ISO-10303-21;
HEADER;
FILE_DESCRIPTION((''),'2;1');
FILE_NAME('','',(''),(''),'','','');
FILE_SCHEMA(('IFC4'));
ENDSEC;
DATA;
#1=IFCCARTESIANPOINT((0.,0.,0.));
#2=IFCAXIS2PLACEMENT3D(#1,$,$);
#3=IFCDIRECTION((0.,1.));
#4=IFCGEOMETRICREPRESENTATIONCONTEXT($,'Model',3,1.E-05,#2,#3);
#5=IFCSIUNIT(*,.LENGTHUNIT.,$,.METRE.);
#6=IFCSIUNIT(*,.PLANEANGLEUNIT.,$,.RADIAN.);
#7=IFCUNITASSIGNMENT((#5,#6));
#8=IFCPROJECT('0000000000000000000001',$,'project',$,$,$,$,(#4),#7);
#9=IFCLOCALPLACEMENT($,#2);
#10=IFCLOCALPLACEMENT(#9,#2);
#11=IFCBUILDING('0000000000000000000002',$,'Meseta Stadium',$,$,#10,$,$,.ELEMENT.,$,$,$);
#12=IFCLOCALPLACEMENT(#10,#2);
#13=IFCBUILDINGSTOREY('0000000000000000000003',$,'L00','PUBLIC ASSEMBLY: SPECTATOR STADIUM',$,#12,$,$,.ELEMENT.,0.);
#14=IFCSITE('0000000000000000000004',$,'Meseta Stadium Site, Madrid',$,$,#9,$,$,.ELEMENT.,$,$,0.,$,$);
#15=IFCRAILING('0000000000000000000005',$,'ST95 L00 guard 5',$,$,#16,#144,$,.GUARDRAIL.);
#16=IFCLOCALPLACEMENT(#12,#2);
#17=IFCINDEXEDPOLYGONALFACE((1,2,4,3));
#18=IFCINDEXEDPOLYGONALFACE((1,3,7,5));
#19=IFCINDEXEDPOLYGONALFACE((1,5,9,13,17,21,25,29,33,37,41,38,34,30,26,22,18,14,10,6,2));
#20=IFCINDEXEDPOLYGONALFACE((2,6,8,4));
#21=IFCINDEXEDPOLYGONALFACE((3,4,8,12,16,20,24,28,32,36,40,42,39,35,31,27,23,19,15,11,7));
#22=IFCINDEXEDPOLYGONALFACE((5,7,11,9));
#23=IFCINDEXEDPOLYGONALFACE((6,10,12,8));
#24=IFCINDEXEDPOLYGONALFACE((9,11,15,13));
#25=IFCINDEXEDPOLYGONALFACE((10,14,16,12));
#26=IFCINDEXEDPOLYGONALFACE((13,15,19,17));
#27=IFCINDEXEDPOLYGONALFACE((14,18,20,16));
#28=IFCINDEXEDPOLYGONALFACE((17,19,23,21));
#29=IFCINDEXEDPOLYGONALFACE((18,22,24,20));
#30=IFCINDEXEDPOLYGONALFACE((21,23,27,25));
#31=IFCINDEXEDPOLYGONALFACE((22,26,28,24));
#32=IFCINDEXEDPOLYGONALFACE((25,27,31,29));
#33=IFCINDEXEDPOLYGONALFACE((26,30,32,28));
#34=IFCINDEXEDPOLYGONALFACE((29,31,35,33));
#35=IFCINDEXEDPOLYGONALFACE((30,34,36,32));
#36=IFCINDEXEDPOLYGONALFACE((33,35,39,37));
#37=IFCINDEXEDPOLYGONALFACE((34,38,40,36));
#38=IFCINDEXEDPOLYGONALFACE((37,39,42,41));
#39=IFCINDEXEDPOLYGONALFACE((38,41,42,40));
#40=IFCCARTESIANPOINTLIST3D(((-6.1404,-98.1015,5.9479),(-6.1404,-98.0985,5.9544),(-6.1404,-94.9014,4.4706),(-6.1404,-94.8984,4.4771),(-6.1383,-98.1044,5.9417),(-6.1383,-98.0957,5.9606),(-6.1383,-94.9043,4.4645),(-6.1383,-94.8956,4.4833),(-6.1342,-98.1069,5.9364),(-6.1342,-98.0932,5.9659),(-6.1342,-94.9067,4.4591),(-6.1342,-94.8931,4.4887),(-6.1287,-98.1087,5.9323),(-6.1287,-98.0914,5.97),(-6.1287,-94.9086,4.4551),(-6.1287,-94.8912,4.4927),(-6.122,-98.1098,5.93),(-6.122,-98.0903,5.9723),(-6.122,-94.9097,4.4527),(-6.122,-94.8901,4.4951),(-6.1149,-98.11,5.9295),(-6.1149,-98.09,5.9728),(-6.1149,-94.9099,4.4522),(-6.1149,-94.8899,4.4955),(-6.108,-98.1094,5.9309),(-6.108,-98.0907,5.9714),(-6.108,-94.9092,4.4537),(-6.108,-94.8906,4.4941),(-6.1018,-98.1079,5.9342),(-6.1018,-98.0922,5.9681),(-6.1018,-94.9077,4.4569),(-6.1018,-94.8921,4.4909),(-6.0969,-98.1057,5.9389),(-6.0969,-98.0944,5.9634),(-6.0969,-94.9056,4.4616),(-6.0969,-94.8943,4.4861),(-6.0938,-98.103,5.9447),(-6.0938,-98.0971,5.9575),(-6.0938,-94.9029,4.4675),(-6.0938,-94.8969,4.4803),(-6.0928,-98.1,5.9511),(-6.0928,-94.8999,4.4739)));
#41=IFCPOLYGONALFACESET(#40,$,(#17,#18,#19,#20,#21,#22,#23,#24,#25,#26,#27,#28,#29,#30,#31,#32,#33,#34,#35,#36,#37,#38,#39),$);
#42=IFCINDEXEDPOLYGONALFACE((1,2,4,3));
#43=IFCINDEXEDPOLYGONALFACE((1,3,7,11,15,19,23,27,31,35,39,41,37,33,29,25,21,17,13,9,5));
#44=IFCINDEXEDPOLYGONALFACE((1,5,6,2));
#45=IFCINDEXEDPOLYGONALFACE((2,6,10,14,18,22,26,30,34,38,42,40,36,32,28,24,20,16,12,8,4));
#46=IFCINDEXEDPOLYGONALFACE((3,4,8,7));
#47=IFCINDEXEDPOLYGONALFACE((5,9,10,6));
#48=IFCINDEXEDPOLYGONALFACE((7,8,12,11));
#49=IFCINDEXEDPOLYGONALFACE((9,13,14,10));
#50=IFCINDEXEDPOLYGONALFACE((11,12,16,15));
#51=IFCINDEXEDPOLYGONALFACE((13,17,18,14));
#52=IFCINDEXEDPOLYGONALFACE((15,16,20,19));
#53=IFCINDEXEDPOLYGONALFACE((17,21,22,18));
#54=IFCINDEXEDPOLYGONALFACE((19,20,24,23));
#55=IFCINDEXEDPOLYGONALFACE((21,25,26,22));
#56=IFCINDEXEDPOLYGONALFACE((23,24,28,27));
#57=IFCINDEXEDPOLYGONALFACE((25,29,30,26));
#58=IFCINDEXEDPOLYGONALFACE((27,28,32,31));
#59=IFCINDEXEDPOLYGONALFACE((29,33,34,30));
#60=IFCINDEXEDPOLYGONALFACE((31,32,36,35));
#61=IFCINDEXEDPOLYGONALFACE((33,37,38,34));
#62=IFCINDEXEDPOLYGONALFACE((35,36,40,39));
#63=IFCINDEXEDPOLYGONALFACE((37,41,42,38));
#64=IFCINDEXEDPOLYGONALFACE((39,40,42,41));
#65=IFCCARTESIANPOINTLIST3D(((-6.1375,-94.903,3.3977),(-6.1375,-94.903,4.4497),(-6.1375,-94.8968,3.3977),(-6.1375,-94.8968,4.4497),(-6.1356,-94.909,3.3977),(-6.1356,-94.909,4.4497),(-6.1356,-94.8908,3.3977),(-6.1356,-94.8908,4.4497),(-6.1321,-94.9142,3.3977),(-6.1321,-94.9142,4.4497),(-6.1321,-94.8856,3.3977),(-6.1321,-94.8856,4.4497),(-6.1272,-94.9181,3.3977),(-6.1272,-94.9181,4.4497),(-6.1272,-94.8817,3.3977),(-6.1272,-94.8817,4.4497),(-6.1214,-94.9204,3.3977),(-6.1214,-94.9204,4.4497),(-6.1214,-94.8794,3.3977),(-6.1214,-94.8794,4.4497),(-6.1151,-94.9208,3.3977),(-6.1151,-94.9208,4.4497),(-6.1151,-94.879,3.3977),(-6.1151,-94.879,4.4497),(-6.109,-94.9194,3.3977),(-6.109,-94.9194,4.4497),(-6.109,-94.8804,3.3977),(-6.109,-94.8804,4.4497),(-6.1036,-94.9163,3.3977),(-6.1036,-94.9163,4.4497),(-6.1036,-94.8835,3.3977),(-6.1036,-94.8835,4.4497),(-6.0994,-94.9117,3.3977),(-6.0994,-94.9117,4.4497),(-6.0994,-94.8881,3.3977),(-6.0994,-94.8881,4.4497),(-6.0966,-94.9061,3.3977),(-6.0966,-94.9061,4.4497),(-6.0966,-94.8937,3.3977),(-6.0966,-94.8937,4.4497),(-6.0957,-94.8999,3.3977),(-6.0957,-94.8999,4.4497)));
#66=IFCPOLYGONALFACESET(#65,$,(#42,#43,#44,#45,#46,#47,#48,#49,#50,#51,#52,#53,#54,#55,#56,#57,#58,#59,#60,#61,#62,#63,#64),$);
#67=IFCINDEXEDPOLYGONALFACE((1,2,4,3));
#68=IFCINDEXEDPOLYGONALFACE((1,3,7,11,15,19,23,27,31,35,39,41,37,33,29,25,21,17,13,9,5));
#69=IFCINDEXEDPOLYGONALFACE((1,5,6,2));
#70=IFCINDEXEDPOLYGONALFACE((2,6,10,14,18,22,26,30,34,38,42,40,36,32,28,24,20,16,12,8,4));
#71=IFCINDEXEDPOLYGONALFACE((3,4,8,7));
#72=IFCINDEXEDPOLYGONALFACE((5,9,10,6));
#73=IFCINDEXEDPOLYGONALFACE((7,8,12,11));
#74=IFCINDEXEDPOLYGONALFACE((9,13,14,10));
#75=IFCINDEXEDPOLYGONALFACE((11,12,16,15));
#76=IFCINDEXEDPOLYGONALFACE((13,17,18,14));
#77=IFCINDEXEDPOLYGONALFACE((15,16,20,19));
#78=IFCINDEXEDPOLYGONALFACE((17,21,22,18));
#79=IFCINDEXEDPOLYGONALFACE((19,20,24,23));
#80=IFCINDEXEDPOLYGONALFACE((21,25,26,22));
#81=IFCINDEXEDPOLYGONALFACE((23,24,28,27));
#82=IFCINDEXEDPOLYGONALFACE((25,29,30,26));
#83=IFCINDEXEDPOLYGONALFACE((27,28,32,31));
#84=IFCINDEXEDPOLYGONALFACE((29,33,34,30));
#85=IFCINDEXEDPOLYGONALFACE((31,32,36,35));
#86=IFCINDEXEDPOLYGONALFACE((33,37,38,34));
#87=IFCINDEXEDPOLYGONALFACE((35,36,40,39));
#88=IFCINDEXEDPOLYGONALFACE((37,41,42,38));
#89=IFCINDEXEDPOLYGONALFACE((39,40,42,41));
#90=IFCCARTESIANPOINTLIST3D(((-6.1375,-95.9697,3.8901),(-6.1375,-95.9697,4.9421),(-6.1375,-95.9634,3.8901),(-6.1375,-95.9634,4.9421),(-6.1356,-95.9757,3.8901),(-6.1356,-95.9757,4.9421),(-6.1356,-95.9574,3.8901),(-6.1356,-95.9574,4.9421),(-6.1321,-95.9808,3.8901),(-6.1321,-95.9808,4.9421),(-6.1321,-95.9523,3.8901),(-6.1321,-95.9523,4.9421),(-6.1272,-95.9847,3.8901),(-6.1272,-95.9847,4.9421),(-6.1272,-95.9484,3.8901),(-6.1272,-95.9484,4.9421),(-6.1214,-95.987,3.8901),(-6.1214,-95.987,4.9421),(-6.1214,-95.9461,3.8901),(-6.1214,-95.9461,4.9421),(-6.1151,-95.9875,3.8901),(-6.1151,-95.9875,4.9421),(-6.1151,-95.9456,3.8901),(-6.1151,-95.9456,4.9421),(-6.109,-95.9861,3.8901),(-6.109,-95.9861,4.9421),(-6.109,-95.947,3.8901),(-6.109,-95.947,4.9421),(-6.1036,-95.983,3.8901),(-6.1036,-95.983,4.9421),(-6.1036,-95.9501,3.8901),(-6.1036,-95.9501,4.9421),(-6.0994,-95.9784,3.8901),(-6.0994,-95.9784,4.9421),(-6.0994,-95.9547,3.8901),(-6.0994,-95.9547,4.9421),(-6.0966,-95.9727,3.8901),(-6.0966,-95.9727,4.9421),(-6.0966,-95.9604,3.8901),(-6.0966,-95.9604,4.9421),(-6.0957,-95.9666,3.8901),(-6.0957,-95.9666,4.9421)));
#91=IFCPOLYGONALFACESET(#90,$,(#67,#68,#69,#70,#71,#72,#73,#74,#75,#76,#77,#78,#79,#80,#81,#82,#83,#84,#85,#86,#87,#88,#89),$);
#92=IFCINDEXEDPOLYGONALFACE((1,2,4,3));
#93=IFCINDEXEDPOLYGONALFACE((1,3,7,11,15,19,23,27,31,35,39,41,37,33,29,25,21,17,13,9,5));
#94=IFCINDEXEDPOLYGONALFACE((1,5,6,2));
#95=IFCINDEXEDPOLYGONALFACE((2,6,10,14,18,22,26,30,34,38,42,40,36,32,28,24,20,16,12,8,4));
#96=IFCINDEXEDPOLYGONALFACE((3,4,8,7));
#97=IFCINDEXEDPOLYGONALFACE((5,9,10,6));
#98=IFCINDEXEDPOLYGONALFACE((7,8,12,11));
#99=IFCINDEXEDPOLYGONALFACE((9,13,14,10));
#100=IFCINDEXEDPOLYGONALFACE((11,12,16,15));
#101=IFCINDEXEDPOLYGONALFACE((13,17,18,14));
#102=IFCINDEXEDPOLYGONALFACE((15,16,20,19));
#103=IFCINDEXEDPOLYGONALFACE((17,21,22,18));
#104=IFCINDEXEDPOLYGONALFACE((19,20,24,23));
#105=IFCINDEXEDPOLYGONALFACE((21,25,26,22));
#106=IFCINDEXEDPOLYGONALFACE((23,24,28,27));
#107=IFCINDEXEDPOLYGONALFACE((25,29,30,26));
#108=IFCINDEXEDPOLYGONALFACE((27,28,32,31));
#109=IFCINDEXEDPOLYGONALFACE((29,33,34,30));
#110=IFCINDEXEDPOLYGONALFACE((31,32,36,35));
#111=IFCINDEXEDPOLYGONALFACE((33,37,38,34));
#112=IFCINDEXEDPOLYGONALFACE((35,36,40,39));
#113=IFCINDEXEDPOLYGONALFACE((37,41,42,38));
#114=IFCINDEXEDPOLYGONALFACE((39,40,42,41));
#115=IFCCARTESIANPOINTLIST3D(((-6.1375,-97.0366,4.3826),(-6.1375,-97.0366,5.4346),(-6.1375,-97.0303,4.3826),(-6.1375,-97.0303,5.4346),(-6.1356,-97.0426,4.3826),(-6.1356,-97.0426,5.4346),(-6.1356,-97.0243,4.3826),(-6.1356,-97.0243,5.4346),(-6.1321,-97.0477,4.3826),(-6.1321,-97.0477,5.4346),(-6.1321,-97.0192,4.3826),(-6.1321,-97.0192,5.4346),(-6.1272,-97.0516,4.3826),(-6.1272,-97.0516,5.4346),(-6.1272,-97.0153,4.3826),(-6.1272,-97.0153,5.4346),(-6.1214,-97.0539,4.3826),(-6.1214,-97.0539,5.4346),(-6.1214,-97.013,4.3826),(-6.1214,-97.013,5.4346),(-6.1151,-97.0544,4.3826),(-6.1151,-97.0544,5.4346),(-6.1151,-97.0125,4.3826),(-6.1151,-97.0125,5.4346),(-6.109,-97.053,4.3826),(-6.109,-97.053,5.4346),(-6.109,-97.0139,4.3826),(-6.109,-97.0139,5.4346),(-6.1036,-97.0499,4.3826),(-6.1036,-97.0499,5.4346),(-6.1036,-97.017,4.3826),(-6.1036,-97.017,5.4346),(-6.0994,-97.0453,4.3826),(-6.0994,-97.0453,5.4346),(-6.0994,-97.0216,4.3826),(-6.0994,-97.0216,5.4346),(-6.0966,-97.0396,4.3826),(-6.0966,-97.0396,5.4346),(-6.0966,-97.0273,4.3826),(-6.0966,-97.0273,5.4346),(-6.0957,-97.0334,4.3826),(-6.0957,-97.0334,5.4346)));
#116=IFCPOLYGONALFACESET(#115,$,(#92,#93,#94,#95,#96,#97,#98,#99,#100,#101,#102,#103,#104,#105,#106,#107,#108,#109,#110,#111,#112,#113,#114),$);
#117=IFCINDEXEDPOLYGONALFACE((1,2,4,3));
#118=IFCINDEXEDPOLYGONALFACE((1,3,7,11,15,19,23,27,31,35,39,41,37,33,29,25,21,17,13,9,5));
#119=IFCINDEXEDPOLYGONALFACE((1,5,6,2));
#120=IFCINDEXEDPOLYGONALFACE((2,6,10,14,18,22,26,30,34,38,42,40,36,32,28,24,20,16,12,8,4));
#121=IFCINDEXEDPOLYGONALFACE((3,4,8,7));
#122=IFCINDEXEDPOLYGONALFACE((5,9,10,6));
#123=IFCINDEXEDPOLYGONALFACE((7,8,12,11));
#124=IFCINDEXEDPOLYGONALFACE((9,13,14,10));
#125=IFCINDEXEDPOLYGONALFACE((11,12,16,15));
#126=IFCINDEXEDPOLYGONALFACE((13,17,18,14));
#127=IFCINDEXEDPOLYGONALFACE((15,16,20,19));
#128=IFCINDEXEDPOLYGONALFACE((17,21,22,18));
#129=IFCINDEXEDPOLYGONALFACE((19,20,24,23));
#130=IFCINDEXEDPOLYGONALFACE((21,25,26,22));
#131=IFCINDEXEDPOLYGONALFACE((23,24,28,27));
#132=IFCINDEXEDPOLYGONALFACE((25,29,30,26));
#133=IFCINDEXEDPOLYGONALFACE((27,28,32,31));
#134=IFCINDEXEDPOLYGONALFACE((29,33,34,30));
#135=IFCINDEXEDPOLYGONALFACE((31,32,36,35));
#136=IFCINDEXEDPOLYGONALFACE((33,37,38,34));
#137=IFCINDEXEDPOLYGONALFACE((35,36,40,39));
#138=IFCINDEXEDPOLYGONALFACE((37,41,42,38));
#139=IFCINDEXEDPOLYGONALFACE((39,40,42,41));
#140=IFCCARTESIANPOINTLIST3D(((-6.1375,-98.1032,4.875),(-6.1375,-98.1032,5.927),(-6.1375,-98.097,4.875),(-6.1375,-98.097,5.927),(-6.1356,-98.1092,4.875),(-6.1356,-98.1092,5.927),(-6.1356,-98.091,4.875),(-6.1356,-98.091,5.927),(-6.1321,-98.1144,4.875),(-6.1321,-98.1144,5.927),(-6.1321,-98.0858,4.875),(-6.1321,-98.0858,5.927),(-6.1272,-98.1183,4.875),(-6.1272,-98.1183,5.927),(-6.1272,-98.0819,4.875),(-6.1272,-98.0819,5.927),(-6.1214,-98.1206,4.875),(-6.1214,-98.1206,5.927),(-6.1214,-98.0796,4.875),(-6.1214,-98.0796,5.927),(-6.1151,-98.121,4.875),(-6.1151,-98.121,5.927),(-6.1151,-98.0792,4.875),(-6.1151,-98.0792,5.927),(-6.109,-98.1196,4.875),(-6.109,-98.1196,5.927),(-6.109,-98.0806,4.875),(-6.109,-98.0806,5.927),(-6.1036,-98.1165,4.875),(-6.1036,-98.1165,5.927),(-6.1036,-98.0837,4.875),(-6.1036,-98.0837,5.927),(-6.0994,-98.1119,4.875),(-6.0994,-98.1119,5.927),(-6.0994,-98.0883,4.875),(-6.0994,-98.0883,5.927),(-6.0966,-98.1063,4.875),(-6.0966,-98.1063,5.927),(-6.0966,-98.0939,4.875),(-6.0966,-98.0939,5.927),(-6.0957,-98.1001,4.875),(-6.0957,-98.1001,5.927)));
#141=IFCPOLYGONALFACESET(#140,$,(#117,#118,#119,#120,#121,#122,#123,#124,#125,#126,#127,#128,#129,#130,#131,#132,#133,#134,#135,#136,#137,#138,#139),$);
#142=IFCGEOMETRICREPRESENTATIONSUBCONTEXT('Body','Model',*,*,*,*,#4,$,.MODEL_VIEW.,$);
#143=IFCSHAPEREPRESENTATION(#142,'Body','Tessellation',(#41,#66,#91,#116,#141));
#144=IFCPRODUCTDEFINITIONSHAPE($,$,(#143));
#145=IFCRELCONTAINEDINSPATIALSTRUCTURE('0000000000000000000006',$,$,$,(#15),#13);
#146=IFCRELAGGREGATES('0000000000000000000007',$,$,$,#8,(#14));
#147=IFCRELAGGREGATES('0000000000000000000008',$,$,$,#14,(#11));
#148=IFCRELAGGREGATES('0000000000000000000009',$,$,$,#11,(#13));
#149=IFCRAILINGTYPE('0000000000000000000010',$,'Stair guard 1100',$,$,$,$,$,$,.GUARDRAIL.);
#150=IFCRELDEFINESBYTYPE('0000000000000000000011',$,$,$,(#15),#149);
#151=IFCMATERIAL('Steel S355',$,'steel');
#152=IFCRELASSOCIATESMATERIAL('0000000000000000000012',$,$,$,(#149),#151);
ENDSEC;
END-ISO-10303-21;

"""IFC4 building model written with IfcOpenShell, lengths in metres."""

from ifc_helpers import new_model, si_unit, direction, frame, origin, origin_2d, place, context, subcontext, project, spatial, circle, extrude, material, type_object, element, save


model = new_model("IFC4")

# Units and contexts
model_context = context("Model", 3, precision=1e-05, world=origin(), true_north=direction((0.0, 1.0)))
body_context = subcontext(model_context, "Body", "Model", "MODEL_VIEW")
ifc_project = project(units=[si_unit("LENGTHUNIT", "METRE"), si_unit("PLANEANGLEUNIT", "RADIAN")], contexts=[model_context])

# Site, building, storey
site_placement = place(None, origin())
site = spatial("IfcSite", under=ifc_project, at=site_placement, Name="Meseta Stadium Site, Madrid", CompositionType="ELEMENT", RefElevation=0.0)
building_placement = place(site_placement, origin())
building = spatial("IfcBuilding", under=site, at=building_placement, Name="Meseta Stadium", CompositionType="ELEMENT")
storey_placement = place(building_placement, origin())
storey = spatial("IfcBuildingStorey", under=building, at=storey_placement, Name="L00", Description="PUBLIC ASSEMBLY: SPECTATOR STADIUM", CompositionType="ELEMENT", Elevation=0.0)

# Railing
ifc_material_1 = material(Name="Steel S355", Category="steel")
railing_type_1 = type_object("IfcRailingType", Name="Stair guard 1100", PredefinedType="GUARDRAIL", material=ifc_material_1)
railing_1_placement = place(storey_placement, frame((-6.1167, -94.8999, 3.3977)))
element("IfcRailing", 1, at=railing_1_placement, inside=storey, type_object=railing_type_1, Name="ST95 L00 guard 5", PredefinedType="GUARDRAIL", context=body_context, shape_type="SweptSolid", body=[
    extrude(circle(Radius=0.0239, at=origin_2d()), frame((0.0, 0.0, 1.0762), z_axis=(0.0, -0.907929, 0.419124), x_axis=(1.0, 0.0, 0.0)), (0.0, 0.0, 1.0), 3.5247),
    extrude(circle(Radius=0.021, at=origin_2d()), origin(), (0.0, 0.0, 1.0), 1.052),
    extrude(circle(Radius=0.021, at=origin_2d()), frame((0.0, -1.0667, 0.4924)), (0.0, 0.0, 1.0), 1.052),
    extrude(circle(Radius=0.021, at=origin_2d()), frame((0.0, -2.1335, 0.9849)), (0.0, 0.0, 1.0), 1.052),
    extrude(circle(Radius=0.021, at=origin_2d()), frame((0.0, -3.2002, 1.4773)), (0.0, 0.0, 1.0), 1.052),
])

save(model, "model.ifc")
